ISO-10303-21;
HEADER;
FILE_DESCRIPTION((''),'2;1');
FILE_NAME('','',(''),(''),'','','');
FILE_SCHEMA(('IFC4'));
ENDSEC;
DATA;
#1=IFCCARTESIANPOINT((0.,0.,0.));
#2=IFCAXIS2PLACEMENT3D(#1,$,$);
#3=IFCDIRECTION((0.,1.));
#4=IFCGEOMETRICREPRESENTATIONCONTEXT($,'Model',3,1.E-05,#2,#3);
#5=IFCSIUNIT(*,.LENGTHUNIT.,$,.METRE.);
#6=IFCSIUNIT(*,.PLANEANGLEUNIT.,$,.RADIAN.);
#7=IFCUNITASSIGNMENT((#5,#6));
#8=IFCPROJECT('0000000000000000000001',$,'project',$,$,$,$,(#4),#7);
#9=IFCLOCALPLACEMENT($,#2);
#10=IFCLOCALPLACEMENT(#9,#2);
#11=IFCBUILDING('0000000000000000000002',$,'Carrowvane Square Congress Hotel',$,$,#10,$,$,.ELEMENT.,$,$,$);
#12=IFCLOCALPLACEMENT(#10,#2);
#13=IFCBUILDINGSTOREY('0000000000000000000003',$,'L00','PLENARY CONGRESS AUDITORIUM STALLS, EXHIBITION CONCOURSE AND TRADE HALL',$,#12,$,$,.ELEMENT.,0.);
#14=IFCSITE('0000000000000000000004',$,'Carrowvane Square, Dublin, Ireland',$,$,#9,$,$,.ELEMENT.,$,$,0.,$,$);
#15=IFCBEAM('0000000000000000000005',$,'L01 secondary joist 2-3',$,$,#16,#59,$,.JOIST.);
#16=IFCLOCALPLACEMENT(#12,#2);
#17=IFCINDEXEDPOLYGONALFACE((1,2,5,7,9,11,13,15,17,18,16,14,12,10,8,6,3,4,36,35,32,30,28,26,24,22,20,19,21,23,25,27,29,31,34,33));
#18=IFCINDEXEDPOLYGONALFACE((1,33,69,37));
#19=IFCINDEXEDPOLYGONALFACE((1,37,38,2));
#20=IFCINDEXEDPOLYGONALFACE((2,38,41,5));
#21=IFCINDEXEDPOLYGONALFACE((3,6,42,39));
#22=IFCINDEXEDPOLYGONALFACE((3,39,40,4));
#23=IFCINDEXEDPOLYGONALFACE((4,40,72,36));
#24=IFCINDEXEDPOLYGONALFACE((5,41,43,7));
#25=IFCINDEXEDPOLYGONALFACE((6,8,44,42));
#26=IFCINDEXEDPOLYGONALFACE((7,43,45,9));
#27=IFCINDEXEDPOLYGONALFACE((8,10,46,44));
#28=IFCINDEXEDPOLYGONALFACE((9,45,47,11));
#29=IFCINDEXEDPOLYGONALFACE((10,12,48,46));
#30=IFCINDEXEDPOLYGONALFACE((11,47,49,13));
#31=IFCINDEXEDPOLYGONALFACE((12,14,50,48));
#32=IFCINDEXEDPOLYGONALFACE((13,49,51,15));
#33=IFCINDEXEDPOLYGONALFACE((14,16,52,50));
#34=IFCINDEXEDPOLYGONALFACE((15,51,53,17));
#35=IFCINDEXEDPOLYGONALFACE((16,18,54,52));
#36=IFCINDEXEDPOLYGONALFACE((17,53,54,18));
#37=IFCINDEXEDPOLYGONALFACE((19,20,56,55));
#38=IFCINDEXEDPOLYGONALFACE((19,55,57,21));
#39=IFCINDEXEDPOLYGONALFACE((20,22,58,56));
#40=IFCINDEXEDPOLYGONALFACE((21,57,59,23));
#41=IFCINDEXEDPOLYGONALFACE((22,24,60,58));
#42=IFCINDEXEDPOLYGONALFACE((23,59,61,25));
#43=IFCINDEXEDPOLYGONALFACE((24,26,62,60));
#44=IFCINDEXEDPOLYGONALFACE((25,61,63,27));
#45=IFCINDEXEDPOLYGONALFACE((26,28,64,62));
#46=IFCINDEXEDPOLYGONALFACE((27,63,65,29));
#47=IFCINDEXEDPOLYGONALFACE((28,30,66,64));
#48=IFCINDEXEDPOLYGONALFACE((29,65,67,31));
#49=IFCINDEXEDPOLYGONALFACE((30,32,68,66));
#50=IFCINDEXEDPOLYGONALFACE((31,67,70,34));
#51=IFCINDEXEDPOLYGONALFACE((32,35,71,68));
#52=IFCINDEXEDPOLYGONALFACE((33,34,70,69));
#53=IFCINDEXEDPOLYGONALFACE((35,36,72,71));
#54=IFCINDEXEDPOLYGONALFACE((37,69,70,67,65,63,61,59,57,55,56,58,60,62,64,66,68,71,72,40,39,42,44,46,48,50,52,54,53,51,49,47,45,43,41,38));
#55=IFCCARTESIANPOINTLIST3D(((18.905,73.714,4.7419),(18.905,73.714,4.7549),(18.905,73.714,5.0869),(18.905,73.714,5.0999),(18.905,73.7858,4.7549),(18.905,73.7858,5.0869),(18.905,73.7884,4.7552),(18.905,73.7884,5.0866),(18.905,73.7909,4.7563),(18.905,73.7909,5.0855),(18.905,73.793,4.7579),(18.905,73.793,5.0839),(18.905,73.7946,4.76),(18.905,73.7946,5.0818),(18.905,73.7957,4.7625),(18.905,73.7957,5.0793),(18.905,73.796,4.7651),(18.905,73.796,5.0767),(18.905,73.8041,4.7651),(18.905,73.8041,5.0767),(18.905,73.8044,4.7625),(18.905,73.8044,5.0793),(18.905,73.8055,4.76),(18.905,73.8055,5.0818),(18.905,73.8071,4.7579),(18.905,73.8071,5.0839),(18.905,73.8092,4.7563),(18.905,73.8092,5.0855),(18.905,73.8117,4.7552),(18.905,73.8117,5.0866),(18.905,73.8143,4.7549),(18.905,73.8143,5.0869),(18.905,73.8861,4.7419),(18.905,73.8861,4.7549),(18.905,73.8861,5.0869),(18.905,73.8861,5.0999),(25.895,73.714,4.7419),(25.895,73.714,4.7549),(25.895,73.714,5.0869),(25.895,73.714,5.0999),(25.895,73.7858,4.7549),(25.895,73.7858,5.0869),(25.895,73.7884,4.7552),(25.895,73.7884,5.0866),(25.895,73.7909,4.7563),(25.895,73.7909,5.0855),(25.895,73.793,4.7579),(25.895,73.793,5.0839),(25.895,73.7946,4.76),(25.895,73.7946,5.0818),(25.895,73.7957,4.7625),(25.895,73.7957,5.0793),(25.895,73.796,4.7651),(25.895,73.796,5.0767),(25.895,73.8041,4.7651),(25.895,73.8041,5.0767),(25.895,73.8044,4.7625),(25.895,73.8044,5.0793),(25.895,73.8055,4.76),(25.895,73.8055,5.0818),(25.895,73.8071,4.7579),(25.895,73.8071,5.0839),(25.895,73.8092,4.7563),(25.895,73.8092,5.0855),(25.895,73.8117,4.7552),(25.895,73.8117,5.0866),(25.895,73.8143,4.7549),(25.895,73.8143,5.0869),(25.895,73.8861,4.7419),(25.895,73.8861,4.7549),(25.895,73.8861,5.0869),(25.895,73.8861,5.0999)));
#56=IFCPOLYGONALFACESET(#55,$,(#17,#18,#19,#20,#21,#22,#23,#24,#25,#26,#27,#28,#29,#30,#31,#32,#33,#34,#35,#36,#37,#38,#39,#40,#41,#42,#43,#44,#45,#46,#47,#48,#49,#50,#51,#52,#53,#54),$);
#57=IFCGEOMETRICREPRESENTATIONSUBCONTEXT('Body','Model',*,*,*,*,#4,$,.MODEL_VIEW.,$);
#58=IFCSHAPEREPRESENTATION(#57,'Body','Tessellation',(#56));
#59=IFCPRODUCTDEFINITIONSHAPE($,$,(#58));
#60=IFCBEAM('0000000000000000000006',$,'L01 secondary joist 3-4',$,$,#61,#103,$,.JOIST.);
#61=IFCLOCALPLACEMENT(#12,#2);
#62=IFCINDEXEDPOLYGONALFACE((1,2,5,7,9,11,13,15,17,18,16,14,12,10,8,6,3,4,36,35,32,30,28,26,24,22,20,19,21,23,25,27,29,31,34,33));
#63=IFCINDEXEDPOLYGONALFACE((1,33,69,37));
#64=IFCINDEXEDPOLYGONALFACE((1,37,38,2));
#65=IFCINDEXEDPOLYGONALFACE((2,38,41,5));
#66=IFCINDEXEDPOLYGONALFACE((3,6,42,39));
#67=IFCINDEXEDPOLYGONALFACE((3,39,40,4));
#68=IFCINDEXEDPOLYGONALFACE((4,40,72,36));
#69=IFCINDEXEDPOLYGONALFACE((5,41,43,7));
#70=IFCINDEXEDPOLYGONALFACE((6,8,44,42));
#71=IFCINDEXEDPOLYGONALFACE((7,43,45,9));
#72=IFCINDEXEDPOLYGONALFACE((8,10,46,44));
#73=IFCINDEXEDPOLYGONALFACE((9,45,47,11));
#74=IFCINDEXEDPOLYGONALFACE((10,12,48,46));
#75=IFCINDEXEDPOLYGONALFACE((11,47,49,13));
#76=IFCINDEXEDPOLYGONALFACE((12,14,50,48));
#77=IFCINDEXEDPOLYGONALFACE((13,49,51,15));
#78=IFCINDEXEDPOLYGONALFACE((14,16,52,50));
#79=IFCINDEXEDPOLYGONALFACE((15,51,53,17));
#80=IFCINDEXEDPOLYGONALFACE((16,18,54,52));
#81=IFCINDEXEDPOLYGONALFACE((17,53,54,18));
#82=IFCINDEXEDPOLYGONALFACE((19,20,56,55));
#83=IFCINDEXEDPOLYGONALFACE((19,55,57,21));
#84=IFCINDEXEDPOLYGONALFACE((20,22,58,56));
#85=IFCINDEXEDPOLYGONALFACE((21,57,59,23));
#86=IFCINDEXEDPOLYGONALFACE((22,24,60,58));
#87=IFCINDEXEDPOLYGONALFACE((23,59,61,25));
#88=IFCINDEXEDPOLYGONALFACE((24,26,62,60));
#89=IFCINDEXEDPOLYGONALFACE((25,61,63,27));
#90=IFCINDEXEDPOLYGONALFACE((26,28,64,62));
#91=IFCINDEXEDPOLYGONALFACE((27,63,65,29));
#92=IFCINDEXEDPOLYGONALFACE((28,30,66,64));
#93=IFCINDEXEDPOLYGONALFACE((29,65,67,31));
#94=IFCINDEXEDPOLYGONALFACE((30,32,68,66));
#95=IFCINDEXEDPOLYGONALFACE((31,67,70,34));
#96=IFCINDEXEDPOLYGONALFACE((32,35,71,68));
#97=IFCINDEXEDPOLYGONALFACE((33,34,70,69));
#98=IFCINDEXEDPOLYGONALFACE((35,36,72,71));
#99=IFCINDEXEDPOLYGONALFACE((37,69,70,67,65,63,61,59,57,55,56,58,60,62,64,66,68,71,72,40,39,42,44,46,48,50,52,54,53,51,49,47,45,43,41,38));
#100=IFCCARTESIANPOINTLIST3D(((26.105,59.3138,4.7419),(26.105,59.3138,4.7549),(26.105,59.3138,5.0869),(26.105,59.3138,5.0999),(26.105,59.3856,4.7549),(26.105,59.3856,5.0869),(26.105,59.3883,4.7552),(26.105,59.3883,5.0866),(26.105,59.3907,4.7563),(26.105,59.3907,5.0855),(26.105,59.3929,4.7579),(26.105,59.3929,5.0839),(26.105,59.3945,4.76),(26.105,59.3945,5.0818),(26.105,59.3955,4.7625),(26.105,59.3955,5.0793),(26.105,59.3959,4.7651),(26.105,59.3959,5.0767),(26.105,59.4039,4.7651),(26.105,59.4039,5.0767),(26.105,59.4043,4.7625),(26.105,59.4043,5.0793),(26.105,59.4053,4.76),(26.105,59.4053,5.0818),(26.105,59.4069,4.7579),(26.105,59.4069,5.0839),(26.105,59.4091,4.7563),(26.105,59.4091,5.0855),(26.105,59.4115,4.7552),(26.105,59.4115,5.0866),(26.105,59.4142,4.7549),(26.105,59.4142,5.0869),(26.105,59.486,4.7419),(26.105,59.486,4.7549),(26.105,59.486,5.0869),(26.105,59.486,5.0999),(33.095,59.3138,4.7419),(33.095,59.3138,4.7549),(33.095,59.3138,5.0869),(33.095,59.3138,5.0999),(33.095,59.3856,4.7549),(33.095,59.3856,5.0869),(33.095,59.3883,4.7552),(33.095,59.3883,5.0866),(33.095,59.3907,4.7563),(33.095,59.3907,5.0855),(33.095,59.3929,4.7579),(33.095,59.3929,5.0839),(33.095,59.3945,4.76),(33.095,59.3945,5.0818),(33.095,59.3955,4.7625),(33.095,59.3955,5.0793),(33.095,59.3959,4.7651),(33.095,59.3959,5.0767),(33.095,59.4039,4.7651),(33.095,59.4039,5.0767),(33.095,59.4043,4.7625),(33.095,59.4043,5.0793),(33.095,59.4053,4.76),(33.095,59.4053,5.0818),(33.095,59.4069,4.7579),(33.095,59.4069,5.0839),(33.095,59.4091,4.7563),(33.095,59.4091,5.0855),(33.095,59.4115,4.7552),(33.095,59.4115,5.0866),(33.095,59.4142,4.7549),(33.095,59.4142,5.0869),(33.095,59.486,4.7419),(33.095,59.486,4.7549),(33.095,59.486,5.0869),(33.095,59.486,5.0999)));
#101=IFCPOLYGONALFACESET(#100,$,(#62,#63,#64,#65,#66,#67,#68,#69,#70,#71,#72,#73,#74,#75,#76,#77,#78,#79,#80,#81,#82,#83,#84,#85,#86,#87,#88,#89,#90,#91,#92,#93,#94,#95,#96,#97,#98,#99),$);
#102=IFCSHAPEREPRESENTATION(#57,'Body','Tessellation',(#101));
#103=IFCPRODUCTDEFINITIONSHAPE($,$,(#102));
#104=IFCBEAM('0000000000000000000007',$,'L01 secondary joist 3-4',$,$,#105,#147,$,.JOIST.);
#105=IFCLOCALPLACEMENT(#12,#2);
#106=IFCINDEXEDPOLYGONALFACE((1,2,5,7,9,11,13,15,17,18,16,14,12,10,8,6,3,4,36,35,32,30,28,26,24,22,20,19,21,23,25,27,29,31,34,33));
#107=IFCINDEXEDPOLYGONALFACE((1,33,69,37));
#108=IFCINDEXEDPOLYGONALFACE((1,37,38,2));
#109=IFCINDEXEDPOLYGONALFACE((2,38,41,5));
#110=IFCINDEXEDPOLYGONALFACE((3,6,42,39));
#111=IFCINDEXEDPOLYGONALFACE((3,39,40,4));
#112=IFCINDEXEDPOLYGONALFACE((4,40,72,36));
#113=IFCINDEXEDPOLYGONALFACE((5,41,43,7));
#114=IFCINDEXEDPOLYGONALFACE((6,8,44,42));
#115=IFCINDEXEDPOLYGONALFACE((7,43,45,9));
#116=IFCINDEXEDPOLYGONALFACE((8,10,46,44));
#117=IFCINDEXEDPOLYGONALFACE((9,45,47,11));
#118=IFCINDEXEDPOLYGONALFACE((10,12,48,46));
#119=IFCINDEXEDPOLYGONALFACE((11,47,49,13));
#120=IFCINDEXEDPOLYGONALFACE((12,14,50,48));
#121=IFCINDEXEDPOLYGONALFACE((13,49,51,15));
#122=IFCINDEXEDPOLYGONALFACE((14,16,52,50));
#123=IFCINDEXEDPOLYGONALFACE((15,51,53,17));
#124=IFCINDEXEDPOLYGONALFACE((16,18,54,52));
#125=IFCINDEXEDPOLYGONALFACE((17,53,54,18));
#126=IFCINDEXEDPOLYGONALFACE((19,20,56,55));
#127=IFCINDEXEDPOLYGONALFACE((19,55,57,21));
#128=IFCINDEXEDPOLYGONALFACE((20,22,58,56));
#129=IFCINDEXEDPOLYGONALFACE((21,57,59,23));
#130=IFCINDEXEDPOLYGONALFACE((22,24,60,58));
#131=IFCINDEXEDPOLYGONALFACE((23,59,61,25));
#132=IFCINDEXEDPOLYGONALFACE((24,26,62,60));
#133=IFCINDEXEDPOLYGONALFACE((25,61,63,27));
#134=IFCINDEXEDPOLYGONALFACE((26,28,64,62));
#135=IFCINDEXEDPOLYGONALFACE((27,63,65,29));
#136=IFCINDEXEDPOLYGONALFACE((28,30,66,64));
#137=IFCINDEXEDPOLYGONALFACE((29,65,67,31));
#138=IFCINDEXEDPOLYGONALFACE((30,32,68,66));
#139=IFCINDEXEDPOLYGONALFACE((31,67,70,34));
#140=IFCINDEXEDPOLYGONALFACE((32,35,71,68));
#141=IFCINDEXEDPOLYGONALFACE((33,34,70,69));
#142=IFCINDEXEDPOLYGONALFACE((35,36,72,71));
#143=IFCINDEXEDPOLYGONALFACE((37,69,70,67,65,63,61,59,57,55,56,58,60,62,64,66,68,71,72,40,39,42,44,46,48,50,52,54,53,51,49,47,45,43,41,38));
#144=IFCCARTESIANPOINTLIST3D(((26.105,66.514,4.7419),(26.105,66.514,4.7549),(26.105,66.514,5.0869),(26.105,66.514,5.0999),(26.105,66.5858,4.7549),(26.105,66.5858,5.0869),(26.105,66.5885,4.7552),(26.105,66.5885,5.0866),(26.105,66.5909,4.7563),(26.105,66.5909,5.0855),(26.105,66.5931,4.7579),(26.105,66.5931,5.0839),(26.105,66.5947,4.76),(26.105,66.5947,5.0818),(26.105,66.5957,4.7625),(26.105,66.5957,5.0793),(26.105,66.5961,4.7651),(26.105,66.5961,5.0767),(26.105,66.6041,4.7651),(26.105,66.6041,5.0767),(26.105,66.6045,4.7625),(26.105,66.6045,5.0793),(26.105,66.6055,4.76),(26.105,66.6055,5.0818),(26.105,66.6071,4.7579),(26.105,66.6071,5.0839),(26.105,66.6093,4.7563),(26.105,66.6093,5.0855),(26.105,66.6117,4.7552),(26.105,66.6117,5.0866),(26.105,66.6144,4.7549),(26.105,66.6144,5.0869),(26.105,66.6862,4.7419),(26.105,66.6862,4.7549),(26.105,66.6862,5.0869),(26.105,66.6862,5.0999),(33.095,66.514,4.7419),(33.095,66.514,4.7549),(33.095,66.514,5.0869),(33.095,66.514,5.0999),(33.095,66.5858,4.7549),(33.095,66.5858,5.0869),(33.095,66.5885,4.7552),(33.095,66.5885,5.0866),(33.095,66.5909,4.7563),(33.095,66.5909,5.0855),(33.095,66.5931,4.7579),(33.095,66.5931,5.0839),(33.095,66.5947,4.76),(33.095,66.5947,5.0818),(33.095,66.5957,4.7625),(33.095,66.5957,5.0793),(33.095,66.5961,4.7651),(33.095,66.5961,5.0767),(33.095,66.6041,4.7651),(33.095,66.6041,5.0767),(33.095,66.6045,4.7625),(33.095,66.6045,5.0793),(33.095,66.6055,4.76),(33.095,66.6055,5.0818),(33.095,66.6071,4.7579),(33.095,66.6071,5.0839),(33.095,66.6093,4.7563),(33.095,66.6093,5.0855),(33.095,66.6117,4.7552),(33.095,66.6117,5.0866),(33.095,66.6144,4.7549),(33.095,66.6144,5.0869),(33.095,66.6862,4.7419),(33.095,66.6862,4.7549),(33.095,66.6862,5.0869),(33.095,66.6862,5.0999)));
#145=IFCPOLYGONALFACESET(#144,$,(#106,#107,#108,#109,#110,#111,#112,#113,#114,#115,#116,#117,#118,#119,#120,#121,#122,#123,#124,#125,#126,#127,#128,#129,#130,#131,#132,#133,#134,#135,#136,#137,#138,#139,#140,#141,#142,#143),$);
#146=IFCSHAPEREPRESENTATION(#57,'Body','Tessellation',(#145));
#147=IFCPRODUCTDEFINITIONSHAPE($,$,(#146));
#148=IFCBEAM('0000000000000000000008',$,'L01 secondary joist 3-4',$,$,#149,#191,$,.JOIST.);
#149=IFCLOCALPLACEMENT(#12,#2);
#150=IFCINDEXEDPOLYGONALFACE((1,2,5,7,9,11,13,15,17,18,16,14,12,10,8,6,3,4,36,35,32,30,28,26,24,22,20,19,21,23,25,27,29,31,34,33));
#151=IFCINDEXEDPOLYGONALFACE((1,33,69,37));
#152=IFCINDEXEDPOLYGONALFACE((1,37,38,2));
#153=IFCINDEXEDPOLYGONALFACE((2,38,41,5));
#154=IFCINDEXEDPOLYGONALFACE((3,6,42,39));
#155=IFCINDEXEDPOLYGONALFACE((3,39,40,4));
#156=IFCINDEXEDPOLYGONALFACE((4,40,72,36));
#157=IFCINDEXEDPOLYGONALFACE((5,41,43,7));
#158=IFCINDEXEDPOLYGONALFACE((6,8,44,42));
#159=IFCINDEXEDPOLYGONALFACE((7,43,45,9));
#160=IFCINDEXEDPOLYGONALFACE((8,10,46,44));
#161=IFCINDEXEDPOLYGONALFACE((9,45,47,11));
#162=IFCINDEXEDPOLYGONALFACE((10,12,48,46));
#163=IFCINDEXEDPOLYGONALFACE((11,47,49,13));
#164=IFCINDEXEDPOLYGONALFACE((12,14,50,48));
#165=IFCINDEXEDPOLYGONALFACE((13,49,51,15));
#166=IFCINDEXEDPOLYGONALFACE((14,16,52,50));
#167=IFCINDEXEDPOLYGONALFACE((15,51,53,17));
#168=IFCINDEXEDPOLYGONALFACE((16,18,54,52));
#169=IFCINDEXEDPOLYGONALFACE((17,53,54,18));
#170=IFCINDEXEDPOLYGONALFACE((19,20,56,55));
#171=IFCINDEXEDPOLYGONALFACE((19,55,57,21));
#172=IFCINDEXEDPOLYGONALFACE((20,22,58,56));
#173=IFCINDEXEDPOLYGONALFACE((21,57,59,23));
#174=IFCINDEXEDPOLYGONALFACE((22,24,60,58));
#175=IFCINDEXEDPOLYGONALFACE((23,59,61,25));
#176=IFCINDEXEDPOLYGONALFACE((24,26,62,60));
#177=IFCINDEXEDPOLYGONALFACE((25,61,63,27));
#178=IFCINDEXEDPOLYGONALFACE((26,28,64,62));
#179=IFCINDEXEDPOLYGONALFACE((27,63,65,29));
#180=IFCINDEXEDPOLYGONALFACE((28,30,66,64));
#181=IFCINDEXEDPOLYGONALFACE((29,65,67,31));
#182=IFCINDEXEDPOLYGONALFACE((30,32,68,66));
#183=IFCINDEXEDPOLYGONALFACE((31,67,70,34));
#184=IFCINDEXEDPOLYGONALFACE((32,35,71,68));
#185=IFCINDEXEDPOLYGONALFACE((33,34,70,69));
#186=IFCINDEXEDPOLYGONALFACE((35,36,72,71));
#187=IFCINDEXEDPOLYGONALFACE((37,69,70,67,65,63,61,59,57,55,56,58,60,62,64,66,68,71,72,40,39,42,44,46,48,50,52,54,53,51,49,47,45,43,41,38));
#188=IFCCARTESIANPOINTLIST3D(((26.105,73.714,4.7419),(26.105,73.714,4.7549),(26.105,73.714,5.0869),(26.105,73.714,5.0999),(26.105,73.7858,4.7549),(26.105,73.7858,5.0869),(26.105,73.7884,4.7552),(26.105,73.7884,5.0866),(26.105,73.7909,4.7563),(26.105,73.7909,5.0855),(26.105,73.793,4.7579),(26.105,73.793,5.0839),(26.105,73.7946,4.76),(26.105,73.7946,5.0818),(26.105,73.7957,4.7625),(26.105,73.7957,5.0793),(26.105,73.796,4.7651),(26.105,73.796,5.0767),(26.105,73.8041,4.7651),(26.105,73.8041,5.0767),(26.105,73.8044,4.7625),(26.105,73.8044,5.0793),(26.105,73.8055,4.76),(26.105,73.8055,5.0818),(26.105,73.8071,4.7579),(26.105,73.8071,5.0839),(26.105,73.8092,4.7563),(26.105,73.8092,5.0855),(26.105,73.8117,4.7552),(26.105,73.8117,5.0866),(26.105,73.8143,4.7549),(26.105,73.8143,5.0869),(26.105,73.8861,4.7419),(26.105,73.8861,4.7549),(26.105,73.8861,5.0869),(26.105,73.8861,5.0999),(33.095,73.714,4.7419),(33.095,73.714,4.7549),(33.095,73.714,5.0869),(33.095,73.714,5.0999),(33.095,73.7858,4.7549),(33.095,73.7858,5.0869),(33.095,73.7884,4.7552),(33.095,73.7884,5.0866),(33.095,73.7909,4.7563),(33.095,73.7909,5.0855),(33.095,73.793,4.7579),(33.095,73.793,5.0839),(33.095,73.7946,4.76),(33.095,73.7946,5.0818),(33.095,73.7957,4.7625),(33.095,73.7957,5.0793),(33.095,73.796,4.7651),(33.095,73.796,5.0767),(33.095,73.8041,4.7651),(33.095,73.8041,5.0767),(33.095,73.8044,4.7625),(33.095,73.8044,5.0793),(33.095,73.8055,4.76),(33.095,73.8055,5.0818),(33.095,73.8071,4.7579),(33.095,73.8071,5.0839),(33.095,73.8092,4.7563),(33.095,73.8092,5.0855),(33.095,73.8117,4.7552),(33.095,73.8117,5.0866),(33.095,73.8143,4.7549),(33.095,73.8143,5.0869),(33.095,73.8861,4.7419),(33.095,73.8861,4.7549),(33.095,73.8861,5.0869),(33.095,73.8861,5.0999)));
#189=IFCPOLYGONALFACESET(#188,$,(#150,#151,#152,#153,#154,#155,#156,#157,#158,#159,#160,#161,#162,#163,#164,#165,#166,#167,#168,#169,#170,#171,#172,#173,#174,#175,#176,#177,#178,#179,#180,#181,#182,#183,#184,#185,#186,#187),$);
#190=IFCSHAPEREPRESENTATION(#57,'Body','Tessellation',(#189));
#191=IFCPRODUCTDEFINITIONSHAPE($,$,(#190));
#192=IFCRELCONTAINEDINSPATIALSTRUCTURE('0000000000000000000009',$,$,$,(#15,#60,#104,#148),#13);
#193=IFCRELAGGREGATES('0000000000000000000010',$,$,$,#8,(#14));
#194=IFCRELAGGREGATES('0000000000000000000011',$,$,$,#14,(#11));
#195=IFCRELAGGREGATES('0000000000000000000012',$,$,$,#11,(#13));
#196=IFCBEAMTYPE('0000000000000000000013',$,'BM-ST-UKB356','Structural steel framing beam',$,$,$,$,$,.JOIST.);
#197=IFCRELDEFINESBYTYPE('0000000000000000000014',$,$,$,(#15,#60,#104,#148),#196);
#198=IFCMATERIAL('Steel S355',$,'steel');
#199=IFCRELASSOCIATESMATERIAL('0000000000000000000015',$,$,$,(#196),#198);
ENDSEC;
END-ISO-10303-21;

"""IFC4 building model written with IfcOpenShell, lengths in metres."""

from ifc_helpers import new_model, si_unit, direction, frame, origin, origin_2d, place, context, subcontext, project, spatial, i_section, extrude, material, material_profile, profile_set, type_object, element, save


model = new_model("IFC4")

# Units and contexts
model_context = context("Model", 3, precision=1e-05, world=origin(), true_north=direction((0.0, 1.0)))
body_context = subcontext(model_context, "Body", "Model", "MODEL_VIEW")
ifc_project = project(units=[si_unit("LENGTHUNIT", "METRE"), si_unit("PLANEANGLEUNIT", "RADIAN")], contexts=[model_context])

# Site, building, storey
site_placement = place(None, origin())
site = spatial("IfcSite", under=ifc_project, at=site_placement, Name="Carrowvane Square, Dublin, Ireland", CompositionType="ELEMENT", RefElevation=0.0)
building_placement = place(site_placement, origin())
building = spatial("IfcBuilding", under=site, at=building_placement, Name="Carrowvane Square Congress Hotel", CompositionType="ELEMENT")
storey_placement = place(building_placement, origin())
storey = spatial("IfcBuildingStorey", under=building, at=storey_placement, Name="L00", Description="PLENARY CONGRESS AUDITORIUM STALLS, EXHIBITION CONCOURSE AND TRADE HALL", CompositionType="ELEMENT", Elevation=0.0)

# Beams
ifc_material_1 = material(Name="Steel S355", Category="steel")
ifc_material_profile_1 = material_profile(ifc_material_1, i_section(OverallWidth=0.1721, OverallDepth=0.3579, WebThickness=0.0081, FlangeThickness=0.0129, FilletRadius=0.0103, at=origin_2d()), Name="UKB 356x171x57")
ifc_profile_set_1 = profile_set([ifc_material_profile_1], Name="Steel S355")
beam_type_1 = type_object("IfcBeamType", Name="BM-ST-UKB356", Description="Structural steel framing beam", PredefinedType="JOIST", material=ifc_profile_set_1)
for number, where, z_axis, x_axis, name in (
    (1, (18.905, 73.8, 4.9209), (1.0, 0.0, 0.0), (0.0, 1.0, 0.0), "L01 secondary joist 2-3"),
    (2, (26.105, 59.3999, 4.9209), (1.0, 0.0, 0.0), (0.0, 1.0, 0.0), "L01 secondary joist 3-4"),
    (3, (26.105, 66.6001, 4.9209), (1.0, 0.0, 0.0), (0.0, 1.0, 0.0), "L01 secondary joist 3-4"),
    (4, (26.105, 73.8, 4.9209), (1.0, 0.0, 0.0), (0.0, 1.0, 0.0), "L01 secondary joist 3-4"),
):
    element("IfcBeam", number, at=place(storey_placement, frame(where, z_axis=z_axis, x_axis=x_axis)), inside=storey, type_object=beam_type_1, Name=name, PredefinedType="JOIST", context=body_context, shape_type="SweptSolid", body=[
        extrude(i_section(OverallWidth=0.1721, OverallDepth=0.3579, WebThickness=0.0081, FlangeThickness=0.0129, FilletRadius=0.0103, at=origin_2d()), origin(), (0.0, 0.0, 1.0), 6.99),
    ])

save(model, "model.ifc")
